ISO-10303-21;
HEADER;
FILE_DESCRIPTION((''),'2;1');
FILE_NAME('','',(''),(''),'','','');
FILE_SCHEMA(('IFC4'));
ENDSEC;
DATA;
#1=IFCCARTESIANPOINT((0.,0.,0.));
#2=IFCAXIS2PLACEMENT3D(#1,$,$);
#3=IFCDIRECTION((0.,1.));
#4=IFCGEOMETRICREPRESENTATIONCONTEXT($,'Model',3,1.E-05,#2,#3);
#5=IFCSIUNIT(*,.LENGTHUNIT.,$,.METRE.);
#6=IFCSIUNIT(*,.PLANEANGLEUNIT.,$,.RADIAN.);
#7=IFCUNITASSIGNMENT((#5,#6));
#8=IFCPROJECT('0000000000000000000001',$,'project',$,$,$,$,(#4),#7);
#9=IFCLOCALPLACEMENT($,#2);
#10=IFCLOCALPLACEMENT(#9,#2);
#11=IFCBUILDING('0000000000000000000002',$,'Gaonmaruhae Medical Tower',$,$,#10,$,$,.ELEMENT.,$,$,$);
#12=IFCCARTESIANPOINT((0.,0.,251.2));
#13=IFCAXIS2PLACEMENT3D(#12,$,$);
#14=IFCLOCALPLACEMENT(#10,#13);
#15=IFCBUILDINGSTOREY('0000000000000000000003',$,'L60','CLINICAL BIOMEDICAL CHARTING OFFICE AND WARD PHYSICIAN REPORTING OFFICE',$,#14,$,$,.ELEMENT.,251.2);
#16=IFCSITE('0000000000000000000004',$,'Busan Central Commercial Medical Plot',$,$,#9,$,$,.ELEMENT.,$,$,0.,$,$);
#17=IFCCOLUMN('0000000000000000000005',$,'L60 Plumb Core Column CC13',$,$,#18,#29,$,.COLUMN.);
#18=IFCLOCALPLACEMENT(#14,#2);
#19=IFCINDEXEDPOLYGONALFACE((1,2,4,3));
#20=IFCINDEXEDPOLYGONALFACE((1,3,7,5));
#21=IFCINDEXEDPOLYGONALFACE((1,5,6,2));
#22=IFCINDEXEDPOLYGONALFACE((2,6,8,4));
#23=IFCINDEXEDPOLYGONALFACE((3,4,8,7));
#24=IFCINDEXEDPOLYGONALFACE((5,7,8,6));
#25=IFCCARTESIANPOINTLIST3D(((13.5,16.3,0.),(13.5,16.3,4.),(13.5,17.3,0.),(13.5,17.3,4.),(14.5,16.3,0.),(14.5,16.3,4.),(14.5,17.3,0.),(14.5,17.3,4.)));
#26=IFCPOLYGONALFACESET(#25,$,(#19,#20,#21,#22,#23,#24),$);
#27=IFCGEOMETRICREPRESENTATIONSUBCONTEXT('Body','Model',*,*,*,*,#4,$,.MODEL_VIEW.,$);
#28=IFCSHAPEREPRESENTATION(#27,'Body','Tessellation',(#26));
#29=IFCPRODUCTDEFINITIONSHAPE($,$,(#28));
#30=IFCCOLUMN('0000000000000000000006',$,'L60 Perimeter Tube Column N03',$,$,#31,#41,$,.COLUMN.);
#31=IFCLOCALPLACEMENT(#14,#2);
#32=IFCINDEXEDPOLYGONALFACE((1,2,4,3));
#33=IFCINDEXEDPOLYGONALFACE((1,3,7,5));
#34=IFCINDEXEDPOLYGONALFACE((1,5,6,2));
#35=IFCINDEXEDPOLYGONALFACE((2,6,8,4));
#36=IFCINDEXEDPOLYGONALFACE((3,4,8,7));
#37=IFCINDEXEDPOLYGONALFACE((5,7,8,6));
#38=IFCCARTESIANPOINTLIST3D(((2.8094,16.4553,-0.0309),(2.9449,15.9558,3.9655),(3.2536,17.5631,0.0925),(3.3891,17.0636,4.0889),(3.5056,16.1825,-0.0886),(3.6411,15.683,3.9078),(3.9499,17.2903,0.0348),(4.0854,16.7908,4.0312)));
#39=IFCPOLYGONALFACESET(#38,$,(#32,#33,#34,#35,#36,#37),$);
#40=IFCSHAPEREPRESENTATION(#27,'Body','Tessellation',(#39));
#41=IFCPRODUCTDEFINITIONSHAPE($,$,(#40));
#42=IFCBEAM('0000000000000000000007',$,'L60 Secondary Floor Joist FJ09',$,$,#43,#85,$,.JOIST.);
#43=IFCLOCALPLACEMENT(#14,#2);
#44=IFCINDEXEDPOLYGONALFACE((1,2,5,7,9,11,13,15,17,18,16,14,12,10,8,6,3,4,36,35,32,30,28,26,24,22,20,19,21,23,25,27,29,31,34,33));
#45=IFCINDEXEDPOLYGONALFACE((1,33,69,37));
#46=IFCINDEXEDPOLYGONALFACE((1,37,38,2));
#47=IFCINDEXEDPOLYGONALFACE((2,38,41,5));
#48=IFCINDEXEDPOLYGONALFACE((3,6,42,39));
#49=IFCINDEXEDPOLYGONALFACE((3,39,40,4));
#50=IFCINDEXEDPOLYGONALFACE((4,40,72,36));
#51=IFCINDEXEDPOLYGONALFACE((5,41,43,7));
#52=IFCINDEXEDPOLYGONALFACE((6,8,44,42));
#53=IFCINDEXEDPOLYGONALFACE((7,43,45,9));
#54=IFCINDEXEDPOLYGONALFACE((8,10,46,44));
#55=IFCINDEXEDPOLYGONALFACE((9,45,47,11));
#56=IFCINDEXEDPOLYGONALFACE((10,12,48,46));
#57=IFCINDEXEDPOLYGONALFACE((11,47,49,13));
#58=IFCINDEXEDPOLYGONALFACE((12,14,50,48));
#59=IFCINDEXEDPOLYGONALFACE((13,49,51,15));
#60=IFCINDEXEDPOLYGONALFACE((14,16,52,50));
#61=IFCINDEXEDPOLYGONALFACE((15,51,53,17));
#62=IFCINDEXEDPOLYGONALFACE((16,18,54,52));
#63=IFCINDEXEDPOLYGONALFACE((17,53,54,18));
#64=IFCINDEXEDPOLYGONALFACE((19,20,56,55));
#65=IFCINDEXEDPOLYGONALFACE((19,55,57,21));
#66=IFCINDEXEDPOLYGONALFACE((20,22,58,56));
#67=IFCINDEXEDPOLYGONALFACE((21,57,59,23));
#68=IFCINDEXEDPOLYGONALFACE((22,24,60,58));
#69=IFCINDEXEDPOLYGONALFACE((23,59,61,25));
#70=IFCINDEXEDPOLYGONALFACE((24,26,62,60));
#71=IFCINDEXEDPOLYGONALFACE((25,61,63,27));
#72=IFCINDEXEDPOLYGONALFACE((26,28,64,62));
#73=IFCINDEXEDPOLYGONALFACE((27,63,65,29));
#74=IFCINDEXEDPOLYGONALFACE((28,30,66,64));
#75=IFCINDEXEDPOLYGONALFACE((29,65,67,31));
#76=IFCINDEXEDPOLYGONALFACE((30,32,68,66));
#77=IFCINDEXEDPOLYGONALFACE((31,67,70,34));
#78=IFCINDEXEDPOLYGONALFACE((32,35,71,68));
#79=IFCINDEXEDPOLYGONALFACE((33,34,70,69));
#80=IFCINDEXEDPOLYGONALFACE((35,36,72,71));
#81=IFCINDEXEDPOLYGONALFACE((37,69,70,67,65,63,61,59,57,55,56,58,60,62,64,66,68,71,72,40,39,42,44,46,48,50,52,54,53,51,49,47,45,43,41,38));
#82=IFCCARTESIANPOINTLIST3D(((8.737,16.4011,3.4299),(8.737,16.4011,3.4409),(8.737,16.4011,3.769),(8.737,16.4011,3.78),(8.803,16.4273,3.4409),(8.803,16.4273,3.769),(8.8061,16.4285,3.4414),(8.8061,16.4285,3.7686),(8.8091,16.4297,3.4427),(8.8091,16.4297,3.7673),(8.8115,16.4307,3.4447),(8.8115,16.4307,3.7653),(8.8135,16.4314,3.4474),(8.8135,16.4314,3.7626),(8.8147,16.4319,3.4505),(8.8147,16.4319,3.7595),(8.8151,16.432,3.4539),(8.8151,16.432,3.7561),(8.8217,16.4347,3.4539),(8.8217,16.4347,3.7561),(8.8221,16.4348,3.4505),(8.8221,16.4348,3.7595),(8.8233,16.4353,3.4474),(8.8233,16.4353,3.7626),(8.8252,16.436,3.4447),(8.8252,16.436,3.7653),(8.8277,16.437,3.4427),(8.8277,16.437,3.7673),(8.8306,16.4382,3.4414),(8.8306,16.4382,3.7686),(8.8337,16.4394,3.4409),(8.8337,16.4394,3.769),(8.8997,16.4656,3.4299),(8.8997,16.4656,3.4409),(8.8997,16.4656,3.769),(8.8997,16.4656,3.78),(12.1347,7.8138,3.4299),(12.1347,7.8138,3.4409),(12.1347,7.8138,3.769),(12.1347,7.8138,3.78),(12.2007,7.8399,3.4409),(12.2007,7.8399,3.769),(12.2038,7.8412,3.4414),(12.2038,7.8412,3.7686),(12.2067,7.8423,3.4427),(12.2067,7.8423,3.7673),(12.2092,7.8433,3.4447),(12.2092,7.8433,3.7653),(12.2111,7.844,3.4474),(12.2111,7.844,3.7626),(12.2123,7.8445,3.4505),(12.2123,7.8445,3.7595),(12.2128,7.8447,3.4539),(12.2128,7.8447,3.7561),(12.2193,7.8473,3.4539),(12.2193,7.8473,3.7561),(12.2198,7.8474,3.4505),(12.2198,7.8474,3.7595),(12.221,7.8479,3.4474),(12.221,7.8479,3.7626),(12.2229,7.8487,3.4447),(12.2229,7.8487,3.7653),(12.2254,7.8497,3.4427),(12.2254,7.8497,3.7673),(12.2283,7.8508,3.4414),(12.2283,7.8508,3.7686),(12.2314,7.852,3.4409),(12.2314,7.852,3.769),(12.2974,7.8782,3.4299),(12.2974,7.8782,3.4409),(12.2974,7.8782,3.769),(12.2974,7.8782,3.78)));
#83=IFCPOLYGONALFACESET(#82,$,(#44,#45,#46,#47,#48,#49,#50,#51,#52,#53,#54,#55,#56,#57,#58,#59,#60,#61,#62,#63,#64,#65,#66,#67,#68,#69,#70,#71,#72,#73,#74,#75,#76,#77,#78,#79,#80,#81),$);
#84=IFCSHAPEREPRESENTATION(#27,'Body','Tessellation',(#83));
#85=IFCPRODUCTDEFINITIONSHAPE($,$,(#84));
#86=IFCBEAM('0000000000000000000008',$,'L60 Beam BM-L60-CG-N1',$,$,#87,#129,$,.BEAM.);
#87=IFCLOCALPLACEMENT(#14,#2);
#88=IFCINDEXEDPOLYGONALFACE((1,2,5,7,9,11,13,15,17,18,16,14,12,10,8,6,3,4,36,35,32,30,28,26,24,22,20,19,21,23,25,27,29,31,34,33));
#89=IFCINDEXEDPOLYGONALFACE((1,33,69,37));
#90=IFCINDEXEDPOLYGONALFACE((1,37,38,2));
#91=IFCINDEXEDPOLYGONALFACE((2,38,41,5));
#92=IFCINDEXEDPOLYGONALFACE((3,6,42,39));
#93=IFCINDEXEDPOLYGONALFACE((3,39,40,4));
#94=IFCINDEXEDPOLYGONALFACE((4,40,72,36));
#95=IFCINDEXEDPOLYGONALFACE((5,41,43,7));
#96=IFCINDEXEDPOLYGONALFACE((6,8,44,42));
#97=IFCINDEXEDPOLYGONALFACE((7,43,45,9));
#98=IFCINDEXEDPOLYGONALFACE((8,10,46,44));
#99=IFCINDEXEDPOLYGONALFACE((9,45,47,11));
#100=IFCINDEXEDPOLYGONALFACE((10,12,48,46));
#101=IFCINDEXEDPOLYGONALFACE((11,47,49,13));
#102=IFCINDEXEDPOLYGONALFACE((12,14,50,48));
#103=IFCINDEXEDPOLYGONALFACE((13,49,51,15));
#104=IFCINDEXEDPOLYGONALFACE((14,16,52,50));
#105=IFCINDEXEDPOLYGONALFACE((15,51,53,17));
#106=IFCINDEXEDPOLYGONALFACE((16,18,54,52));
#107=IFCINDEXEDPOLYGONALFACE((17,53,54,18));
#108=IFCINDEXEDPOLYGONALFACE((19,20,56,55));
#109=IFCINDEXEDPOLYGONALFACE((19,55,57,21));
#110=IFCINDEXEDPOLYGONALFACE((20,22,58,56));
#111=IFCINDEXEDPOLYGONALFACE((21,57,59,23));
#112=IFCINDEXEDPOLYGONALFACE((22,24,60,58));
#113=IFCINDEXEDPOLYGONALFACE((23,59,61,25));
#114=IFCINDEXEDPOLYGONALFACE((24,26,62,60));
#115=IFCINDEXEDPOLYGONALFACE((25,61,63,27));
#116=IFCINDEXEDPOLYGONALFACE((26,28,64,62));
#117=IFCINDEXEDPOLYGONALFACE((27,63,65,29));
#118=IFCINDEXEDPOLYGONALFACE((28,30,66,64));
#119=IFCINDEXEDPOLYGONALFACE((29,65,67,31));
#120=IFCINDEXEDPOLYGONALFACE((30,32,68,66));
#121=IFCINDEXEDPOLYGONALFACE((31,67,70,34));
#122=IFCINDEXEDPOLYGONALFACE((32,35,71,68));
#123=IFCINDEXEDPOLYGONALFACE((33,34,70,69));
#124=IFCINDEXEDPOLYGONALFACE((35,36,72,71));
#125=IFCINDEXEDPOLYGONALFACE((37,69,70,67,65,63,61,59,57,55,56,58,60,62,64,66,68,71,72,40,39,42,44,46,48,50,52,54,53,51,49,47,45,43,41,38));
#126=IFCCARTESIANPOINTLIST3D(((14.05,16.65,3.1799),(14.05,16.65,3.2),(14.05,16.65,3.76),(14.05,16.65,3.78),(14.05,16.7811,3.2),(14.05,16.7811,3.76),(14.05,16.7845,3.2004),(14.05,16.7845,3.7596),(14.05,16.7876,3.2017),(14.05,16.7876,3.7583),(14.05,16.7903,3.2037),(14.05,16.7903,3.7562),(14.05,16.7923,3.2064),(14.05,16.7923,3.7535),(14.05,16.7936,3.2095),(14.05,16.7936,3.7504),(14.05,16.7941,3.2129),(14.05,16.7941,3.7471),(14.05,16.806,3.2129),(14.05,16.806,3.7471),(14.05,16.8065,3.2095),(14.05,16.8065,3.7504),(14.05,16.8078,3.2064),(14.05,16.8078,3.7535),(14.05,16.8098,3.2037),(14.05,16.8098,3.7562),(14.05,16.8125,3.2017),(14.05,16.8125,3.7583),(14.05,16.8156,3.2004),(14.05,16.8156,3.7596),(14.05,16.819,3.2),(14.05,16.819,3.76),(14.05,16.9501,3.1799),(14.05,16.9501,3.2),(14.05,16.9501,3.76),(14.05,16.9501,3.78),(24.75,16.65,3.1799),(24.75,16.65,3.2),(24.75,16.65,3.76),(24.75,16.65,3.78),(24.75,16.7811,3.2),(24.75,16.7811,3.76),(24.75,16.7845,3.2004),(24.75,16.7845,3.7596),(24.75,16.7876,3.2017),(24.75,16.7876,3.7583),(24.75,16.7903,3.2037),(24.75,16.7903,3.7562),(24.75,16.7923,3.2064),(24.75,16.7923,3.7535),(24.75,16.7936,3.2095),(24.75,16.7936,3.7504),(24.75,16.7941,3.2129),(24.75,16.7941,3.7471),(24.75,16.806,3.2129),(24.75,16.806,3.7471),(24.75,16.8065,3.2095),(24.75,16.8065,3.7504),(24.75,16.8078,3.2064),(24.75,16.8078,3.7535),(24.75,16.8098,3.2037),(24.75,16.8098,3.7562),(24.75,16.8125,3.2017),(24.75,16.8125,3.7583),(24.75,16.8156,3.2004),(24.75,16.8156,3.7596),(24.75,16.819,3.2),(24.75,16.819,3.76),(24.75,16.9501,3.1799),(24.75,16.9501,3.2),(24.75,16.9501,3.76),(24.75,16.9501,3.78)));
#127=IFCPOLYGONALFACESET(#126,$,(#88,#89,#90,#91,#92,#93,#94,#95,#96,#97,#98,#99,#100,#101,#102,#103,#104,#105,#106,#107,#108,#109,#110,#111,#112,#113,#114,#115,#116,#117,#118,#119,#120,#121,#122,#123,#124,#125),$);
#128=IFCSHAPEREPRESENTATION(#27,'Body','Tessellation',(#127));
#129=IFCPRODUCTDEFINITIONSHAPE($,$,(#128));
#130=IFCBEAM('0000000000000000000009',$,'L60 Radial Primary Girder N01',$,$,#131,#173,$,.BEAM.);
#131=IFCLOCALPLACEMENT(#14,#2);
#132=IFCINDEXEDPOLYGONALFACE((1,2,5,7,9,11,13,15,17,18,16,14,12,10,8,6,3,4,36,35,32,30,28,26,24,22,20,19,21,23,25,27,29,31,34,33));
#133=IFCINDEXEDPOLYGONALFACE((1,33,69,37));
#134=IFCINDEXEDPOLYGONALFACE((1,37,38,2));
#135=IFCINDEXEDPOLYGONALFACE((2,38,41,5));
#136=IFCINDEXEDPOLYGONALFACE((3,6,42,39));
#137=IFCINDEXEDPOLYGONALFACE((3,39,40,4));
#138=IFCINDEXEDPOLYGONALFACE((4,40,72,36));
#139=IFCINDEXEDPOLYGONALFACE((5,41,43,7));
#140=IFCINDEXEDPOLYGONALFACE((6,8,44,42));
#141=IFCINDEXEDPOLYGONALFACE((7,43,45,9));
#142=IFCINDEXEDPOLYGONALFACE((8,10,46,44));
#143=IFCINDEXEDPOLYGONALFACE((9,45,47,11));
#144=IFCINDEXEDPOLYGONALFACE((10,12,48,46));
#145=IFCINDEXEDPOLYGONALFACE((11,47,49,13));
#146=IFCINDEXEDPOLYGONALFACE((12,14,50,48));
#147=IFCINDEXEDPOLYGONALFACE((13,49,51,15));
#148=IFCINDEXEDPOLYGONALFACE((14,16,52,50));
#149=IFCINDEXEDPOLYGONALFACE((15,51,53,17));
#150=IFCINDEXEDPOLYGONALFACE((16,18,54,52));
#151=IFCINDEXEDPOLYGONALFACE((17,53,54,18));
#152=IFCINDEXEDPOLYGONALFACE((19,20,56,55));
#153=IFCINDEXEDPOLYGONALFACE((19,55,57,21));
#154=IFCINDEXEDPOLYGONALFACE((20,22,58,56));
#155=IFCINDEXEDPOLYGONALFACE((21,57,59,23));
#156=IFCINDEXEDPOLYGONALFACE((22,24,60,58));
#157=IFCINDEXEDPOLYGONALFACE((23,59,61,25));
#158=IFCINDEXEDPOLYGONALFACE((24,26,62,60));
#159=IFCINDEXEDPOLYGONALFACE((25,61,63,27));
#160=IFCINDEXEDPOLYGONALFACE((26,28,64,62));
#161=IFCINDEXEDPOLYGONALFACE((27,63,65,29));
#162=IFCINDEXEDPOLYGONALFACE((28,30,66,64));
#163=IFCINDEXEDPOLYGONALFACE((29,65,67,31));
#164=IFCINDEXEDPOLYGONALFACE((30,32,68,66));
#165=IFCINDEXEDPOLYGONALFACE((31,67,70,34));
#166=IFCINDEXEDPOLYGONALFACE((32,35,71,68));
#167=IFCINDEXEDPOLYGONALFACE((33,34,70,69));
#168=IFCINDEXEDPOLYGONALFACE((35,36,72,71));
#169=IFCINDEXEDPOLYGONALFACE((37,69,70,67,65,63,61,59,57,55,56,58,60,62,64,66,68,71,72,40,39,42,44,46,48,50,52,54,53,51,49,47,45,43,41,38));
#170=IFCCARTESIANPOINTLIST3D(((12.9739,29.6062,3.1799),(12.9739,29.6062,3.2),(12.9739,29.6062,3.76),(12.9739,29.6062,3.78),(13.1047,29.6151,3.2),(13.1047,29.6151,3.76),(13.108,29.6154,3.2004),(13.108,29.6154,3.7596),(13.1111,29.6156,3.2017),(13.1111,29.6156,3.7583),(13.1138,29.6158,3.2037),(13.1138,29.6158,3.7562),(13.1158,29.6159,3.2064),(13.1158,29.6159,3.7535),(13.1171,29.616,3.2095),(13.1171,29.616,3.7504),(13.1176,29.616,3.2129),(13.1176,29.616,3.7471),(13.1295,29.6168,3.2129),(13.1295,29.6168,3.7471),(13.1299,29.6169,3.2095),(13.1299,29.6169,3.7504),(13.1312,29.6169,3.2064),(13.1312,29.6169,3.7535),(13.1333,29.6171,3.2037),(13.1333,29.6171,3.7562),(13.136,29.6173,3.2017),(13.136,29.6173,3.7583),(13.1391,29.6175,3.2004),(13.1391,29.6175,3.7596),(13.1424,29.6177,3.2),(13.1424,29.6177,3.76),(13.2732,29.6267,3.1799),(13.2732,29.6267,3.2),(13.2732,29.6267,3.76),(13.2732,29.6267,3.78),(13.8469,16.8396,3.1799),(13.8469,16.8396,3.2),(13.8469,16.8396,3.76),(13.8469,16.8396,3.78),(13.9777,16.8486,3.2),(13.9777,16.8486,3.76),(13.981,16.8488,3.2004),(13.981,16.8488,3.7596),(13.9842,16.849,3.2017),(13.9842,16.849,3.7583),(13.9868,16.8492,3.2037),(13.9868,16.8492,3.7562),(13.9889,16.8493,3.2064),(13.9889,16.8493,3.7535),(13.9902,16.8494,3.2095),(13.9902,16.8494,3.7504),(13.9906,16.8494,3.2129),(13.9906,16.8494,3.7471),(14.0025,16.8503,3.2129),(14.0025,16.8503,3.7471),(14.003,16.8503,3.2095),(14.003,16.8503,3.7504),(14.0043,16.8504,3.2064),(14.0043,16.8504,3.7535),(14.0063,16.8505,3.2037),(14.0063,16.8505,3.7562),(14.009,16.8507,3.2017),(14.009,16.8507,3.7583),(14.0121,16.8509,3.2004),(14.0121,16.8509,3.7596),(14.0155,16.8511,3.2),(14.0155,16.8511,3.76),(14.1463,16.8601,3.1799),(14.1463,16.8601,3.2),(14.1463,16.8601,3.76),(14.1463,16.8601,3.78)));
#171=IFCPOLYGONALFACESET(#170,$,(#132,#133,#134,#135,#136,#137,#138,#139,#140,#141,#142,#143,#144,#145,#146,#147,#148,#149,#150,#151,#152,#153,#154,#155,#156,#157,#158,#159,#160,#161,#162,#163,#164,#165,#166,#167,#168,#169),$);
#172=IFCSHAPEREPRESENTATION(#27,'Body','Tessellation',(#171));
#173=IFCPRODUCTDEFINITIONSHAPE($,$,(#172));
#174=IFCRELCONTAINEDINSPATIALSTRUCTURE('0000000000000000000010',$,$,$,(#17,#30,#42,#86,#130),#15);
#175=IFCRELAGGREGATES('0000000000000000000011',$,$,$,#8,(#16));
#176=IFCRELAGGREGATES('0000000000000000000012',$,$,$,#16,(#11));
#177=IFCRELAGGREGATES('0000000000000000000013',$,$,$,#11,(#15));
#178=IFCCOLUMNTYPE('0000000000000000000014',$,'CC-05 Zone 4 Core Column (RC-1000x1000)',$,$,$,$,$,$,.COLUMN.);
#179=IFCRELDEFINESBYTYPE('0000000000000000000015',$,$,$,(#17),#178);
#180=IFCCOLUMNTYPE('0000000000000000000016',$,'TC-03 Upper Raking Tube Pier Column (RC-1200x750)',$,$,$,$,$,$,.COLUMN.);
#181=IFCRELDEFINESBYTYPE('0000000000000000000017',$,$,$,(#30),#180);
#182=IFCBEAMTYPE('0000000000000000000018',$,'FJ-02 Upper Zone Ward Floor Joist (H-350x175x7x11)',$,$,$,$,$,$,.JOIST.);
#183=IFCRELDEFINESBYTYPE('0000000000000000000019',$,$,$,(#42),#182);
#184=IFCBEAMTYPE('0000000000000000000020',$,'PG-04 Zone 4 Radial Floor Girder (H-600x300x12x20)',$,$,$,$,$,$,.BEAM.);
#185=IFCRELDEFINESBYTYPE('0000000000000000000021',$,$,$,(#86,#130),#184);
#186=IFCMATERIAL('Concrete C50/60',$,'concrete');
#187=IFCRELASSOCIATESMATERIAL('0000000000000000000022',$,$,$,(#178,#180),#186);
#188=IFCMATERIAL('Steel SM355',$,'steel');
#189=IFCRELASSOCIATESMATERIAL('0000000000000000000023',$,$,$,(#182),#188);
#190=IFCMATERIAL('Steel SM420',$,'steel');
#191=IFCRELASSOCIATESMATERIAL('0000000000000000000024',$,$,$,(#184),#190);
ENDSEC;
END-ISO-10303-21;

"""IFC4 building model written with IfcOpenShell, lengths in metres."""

from ifc_helpers import new_model, si_unit, direction, frame, origin, origin_2d, place, context, subcontext, project, spatial, rectangle, i_section, extrude, material, material_profile, profile_set, type_object, element, save


model = new_model("IFC4")

# Units and contexts
model_context = context("Model", 3, precision=1e-05, world=origin(), true_north=direction((0.0, 1.0)))
body_context = subcontext(model_context, "Body", "Model", "MODEL_VIEW")
ifc_project = project(units=[si_unit("LENGTHUNIT", "METRE"), si_unit("PLANEANGLEUNIT", "RADIAN")], contexts=[model_context])

# Site, building, storey
site_placement = place(None, origin())
site = spatial("IfcSite", under=ifc_project, at=site_placement, Name="Busan Central Commercial Medical Plot", CompositionType="ELEMENT", RefElevation=0.0)
building_placement = place(site_placement, origin())
building = spatial("IfcBuilding", under=site, at=building_placement, Name="Gaonmaruhae Medical Tower", CompositionType="ELEMENT")
storey_placement = place(building_placement, frame((0.0, 0.0, 251.2)))
storey = spatial("IfcBuildingStorey", under=building, at=storey_placement, Name="L60", Description="CLINICAL BIOMEDICAL CHARTING OFFICE AND WARD PHYSICIAN REPORTING OFFICE", CompositionType="ELEMENT", Elevation=251.2)

# Columns
ifc_material_1 = material(Name="Concrete C50/60", Category="concrete")
ifc_material_profile_1 = material_profile(ifc_material_1, rectangle(XDim=1.0, YDim=1.0, at=origin_2d()), Name="RC-1000x1000")
ifc_profile_set_1 = profile_set([ifc_material_profile_1], Name="Concrete C50/60")
column_type_1 = type_object("IfcColumnType", Name="CC-05 Zone 4 Core Column (RC-1000x1000)", PredefinedType="COLUMN", material=ifc_profile_set_1)
column_1_placement = place(storey_placement, frame((14.0, 16.8, 0.0), z_axis=(0.0, 0.0, 1.0), x_axis=(1.0, 0.0, 0.0)))
element("IfcColumn", 1, at=column_1_placement, inside=storey, type_object=column_type_1, Name="L60 Plumb Core Column CC13", PredefinedType="COLUMN", context=body_context, shape_type="SweptSolid", body=[
    extrude(rectangle(XDim=1.0, YDim=1.0, at=origin_2d()), origin(), (0.0, 0.0, 1.0), 4.0),
])
ifc_material_profile_2 = material_profile(ifc_material_1, rectangle(XDim=1.2, YDim=0.75, at=origin_2d()), Name="RC-1200x750")
ifc_profile_set_2 = profile_set([ifc_material_profile_2], Name="Concrete C50/60")
column_type_2 = type_object("IfcColumnType", Name="TC-03 Upper Raking Tube Pier Column (RC-1200x750)", PredefinedType="COLUMN", material=ifc_profile_set_2)
column_2_placement = place(storey_placement, frame((3.3796, 16.8728, 0.002), z_axis=(0.033625, -0.123957, 0.991718), x_axis=(0.370236, 0.923227, 0.102843)))
element("IfcColumn", 2, at=column_2_placement, inside=storey, type_object=column_type_2, Name="L60 Perimeter Tube Column N03", PredefinedType="COLUMN", context=body_context, shape_type="SweptSolid", body=[
    extrude(rectangle(XDim=1.2, YDim=0.75, at=origin_2d()), origin(), (0.0, 0.0, 1.0), 4.0298),
])

# Beams
ifc_material_2 = material(Name="Steel SM355", Category="steel")
ifc_material_profile_3 = material_profile(ifc_material_2, i_section(OverallWidth=0.175, OverallDepth=0.3501, WebThickness=0.0071, FlangeThickness=0.011, FilletRadius=0.0129, at=origin_2d()), Name="H-350x175x7x11")
ifc_profile_set_3 = profile_set([ifc_material_profile_3], Name="Steel SM355")
beam_type_1 = type_object("IfcBeamType", Name="FJ-02 Upper Zone Ward Floor Joist (H-350x175x7x11)", PredefinedType="JOIST", material=ifc_profile_set_3)
beam_1_placement = place(storey_placement, frame((8.8184, 16.4333, 3.605), z_axis=(0.36791, -0.929861, 0.0), x_axis=(0.929861, 0.36791, 0.0)))
element("IfcBeam", 3, at=beam_1_placement, inside=storey, type_object=beam_type_1, Name="L60 Secondary Floor Joist FJ09", PredefinedType="JOIST", context=body_context, shape_type="SweptSolid", body=[
    extrude(i_section(OverallWidth=0.175, OverallDepth=0.3501, WebThickness=0.0071, FlangeThickness=0.011, FilletRadius=0.0129, at=origin_2d()), origin(), (0.0, 0.0, 1.0), 9.2351),
])
ifc_material_3 = material(Name="Steel SM420", Category="steel")
ifc_material_profile_4 = material_profile(ifc_material_3, i_section(OverallWidth=0.3, OverallDepth=0.6001, WebThickness=0.012, FlangeThickness=0.02, FilletRadius=0.0129, at=origin_2d()), Name="H-600x300x12x20")
ifc_profile_set_4 = profile_set([ifc_material_profile_4], Name="Steel SM420")
beam_type_2 = type_object("IfcBeamType", Name="PG-04 Zone 4 Radial Floor Girder (H-600x300x12x20)", PredefinedType="BEAM", material=ifc_profile_set_4)
beam_2_placement = place(storey_placement, frame((14.05, 16.8, 3.48), z_axis=(1.0, 0.0, 0.0), x_axis=(0.0, 1.0, 0.0)))
element("IfcBeam", 4, at=beam_2_placement, inside=storey, type_object=beam_type_2, Name="L60 Beam BM-L60-CG-N1", PredefinedType="BEAM", context=body_context, shape_type="SweptSolid", body=[
    extrude(i_section(OverallWidth=0.3, OverallDepth=0.6001, WebThickness=0.012, FlangeThickness=0.02, FilletRadius=0.0129, at=origin_2d()), origin(), (0.0, 0.0, 1.0), 10.7),
])
beam_3_placement = place(storey_placement, frame((13.9966, 16.8499, 3.48), z_axis=(-0.068226, 0.99767, 0.0), x_axis=(-0.99767, -0.068226, 0.0)))
element("IfcBeam", 5, at=beam_3_placement, inside=storey, type_object=beam_type_2, Name="L60 Radial Primary Girder N01", PredefinedType="BEAM", context=body_context, shape_type="SweptSolid", body=[
    extrude(i_section(OverallWidth=0.3, OverallDepth=0.6001, WebThickness=0.012, FlangeThickness=0.02, FilletRadius=0.0129, at=origin_2d()), origin(), (0.0, 0.0, 1.0), 12.7964),
])

save(model, "model.ifc")
